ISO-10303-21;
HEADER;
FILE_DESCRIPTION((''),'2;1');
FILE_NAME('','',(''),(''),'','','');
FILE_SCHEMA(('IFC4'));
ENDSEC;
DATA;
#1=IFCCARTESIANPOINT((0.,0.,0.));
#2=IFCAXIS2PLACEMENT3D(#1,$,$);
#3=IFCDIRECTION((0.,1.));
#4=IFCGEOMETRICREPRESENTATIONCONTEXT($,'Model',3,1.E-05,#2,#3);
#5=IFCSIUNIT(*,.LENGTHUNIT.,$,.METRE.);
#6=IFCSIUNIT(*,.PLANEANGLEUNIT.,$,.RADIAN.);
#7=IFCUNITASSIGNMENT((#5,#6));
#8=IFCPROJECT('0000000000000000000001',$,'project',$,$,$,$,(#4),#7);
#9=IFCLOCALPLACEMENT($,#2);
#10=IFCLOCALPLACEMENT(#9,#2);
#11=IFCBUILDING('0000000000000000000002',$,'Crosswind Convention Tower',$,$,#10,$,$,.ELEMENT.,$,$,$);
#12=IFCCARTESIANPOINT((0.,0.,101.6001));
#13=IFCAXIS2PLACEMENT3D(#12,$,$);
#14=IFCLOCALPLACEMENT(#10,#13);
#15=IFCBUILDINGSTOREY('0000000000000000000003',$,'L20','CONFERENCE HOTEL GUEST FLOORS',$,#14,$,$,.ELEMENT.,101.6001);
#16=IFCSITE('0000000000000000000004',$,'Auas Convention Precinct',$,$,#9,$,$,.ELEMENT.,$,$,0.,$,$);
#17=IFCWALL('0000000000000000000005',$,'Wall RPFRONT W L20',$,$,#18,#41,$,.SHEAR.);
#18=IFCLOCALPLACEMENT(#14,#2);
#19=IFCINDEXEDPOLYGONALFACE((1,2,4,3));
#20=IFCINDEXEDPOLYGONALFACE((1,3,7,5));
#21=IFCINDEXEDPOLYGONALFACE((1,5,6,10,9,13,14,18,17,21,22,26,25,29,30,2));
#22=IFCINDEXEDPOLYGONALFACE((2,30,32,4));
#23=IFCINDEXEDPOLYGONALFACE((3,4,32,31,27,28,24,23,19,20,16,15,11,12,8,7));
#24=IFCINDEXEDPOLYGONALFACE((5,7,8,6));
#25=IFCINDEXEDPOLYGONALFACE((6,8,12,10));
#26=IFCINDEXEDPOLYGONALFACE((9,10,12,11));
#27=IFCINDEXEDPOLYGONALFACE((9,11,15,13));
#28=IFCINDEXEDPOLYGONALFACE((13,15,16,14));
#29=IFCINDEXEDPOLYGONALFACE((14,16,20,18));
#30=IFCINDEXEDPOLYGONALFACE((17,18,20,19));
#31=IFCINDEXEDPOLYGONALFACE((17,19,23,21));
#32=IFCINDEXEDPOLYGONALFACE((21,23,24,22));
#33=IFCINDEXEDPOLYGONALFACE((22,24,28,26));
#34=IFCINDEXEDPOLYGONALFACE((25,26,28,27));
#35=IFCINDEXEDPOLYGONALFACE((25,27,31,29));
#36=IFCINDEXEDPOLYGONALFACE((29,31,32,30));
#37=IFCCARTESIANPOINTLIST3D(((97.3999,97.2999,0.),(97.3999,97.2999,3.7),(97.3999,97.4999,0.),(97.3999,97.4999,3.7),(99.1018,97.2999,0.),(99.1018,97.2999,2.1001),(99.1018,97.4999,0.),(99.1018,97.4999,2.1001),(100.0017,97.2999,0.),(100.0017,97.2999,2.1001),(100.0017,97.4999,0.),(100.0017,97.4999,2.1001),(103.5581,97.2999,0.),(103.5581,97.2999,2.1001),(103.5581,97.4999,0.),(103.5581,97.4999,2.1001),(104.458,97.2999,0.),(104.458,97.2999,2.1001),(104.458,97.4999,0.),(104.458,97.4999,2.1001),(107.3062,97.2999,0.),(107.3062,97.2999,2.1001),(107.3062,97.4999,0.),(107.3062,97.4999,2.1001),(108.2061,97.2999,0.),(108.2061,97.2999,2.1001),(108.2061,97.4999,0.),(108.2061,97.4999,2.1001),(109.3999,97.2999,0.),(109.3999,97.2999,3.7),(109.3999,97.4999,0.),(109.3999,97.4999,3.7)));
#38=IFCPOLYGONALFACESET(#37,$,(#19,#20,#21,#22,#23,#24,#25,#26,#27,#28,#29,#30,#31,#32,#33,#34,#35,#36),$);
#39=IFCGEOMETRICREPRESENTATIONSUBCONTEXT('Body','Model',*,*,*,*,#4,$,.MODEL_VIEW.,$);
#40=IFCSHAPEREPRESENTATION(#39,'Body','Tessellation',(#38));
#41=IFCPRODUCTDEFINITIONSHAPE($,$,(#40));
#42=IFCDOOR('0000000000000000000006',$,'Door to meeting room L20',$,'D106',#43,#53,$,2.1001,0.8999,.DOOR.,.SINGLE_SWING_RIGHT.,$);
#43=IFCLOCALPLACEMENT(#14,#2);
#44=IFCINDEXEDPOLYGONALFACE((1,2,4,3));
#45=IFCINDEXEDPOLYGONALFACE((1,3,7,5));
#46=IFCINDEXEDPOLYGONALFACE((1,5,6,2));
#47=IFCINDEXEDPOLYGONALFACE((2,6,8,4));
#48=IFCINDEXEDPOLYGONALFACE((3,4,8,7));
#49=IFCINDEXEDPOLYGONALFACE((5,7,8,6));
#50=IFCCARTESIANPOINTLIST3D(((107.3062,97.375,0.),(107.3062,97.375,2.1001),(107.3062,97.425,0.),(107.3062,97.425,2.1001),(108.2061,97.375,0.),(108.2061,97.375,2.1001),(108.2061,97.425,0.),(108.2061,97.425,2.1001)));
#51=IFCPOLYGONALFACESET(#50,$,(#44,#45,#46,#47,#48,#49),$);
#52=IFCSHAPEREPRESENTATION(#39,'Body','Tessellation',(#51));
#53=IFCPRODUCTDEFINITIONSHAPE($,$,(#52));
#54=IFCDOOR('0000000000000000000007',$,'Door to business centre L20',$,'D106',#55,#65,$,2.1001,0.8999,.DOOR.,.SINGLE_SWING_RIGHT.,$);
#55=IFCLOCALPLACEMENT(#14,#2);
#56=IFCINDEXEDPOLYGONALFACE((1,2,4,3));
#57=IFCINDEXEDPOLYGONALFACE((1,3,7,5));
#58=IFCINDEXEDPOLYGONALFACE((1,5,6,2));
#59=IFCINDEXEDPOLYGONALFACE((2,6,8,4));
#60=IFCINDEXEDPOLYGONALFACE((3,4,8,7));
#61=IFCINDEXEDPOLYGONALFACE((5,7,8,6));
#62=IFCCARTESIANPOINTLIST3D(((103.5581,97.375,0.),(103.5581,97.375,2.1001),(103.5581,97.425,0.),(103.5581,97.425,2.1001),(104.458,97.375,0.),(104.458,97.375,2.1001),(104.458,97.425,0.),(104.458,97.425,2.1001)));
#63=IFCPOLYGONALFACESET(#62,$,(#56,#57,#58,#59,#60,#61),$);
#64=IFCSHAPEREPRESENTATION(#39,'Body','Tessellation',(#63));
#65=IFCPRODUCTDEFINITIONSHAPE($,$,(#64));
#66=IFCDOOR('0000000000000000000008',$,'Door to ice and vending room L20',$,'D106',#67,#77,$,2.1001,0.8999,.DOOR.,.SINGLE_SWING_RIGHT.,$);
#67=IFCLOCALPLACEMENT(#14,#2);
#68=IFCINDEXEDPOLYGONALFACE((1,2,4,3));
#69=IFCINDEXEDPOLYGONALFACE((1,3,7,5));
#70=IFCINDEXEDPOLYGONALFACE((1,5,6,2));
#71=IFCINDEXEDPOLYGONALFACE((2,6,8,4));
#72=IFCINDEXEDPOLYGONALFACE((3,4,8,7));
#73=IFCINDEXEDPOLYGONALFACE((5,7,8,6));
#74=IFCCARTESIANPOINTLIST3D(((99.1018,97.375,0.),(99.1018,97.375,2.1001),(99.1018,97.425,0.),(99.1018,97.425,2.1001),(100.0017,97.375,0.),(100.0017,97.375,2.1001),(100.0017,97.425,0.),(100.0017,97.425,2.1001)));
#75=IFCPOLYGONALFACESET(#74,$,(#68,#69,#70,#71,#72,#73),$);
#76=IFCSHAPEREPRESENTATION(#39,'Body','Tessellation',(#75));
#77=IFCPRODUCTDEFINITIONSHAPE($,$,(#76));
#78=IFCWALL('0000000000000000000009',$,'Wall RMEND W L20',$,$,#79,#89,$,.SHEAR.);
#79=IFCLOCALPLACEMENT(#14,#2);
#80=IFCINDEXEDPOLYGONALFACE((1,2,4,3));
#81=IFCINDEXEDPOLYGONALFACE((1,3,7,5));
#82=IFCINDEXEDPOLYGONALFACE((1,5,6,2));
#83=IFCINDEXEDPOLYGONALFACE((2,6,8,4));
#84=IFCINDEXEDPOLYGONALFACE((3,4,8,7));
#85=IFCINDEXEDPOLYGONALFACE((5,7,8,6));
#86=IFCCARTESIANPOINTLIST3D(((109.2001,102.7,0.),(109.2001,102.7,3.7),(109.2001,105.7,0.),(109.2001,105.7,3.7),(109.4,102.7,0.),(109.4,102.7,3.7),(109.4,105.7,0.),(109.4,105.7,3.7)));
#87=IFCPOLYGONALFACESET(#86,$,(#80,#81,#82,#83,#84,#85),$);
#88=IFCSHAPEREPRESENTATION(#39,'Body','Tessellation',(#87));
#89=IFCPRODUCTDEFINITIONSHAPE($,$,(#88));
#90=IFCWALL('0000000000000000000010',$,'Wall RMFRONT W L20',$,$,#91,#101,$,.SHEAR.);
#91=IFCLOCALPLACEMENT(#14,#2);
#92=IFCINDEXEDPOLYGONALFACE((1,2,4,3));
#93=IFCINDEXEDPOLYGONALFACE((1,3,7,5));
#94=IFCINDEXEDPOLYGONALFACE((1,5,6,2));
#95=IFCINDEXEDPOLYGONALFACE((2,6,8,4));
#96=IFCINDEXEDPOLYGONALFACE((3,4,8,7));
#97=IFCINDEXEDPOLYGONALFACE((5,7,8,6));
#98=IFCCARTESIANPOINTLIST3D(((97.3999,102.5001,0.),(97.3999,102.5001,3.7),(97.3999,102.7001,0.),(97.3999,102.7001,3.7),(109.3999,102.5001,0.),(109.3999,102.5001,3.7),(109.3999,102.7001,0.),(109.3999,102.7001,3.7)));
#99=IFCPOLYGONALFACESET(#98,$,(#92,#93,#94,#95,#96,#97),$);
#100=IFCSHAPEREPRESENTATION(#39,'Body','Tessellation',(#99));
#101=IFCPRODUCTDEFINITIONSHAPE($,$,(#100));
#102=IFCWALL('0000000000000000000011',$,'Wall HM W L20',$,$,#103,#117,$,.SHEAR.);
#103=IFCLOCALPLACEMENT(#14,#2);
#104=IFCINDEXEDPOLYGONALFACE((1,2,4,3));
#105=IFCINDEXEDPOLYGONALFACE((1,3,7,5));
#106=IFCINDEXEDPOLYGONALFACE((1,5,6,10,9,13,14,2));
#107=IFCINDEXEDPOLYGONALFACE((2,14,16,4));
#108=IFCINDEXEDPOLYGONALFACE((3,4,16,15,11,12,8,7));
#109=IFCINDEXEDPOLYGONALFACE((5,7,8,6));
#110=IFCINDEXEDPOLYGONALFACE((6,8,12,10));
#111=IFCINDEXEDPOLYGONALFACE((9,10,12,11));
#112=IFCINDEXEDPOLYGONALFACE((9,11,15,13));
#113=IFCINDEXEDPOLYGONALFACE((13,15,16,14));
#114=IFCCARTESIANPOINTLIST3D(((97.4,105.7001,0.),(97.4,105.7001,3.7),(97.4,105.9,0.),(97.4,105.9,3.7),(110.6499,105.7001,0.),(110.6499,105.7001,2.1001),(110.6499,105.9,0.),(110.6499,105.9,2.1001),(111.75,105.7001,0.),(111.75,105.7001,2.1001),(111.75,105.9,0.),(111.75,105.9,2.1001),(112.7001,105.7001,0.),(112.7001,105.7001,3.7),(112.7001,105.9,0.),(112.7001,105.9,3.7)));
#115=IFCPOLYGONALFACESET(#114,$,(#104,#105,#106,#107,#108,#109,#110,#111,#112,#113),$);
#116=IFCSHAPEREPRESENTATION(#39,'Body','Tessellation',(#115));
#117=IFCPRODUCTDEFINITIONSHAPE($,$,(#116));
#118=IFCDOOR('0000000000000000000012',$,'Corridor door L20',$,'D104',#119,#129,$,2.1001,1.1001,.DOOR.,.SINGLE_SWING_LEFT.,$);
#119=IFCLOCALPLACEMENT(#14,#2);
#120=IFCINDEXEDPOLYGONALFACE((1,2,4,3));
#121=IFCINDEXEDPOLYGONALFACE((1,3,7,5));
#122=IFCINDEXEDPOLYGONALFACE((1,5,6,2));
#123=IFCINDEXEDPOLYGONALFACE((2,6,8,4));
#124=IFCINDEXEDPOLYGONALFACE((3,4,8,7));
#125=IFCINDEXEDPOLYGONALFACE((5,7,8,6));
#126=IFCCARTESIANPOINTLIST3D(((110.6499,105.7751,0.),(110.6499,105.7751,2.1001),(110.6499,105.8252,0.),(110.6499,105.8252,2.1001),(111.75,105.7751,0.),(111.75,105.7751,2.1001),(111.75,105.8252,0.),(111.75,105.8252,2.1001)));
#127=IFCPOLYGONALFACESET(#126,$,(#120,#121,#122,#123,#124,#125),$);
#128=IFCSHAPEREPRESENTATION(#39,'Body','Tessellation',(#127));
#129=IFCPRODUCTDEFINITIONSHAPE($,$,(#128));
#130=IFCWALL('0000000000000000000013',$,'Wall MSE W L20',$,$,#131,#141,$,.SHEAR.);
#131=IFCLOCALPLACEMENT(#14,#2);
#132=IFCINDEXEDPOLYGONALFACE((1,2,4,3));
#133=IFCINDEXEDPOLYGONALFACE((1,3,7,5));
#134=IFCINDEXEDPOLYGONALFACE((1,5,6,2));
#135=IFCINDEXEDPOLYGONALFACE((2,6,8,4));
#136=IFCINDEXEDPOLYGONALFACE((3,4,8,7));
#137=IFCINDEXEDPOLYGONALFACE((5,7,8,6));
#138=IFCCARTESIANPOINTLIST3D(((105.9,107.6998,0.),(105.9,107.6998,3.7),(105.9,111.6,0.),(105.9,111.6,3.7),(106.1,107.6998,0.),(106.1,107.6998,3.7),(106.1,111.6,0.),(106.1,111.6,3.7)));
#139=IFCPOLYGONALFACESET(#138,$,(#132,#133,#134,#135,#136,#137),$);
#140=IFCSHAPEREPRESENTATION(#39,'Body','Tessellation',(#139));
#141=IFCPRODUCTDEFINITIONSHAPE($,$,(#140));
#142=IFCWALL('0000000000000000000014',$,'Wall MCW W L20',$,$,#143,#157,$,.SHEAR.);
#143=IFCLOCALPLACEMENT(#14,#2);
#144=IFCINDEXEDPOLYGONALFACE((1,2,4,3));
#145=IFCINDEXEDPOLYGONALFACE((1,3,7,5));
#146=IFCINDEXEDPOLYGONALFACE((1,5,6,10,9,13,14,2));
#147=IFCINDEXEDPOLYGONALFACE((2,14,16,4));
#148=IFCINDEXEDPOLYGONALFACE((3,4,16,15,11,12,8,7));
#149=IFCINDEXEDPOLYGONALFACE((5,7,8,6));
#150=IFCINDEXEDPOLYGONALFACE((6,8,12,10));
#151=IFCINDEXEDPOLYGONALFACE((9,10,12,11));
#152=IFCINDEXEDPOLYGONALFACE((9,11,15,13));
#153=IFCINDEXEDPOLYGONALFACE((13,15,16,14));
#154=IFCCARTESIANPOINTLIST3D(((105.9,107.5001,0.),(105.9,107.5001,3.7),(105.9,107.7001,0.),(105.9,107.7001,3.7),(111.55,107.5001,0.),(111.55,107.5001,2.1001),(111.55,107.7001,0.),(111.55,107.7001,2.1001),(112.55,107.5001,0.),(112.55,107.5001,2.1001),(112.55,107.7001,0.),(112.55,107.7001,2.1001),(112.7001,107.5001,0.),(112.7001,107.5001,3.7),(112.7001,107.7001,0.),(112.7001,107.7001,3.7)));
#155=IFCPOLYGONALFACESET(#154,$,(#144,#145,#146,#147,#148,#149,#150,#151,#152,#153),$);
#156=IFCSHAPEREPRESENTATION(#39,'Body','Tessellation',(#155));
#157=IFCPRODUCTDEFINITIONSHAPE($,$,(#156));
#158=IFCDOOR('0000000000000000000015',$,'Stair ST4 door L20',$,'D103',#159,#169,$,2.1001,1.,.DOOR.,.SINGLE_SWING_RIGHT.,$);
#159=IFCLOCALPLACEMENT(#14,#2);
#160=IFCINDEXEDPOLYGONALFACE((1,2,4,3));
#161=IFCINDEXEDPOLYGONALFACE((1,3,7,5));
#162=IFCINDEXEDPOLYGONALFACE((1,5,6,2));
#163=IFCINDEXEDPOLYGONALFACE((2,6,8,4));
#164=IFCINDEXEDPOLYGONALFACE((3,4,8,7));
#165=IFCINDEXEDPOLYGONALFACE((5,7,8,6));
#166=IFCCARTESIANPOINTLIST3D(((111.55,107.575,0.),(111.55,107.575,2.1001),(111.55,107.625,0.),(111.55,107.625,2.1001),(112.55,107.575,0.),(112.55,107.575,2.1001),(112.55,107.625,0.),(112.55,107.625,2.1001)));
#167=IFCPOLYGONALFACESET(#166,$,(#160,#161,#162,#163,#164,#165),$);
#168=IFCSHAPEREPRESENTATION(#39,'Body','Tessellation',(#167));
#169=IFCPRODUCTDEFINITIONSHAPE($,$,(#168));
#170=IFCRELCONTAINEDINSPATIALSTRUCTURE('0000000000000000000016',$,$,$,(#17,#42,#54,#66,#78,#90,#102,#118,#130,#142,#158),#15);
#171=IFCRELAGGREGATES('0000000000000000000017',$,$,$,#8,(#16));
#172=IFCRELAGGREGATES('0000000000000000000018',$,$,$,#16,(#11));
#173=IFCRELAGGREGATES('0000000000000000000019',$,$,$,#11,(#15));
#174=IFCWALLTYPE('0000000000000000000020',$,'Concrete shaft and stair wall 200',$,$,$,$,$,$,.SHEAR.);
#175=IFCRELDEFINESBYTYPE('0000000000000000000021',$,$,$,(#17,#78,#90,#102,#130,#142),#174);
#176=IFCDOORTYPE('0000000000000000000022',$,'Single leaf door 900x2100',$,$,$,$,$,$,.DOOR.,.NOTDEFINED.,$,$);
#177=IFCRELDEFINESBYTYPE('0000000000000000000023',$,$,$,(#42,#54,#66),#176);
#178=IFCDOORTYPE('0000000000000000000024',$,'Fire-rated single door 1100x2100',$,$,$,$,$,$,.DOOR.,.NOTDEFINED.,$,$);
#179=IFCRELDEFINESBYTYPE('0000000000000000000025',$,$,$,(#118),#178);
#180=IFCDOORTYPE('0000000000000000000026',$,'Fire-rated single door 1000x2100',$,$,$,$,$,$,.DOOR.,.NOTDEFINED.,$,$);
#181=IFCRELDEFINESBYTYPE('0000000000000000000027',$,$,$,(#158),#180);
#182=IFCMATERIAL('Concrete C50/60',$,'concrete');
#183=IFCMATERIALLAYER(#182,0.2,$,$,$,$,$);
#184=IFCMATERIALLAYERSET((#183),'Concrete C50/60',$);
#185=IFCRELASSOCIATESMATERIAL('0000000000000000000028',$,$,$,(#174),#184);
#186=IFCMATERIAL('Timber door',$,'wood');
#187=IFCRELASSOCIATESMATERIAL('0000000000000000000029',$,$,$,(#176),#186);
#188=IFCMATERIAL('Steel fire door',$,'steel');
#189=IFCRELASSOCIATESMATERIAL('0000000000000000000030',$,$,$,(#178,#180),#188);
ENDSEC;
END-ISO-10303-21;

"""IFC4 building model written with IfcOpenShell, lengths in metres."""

from ifc_helpers import new_model, si_unit, direction, frame, frame_2d, origin, place, context, subcontext, project, spatial, rectangle, extrude, material, layer, layer_set, type_object, element, fill, save


model = new_model("IFC4")

# Units and contexts
model_context = context("Model", 3, precision=1e-05, world=origin(), true_north=direction((0.0, 1.0)))
body_context = subcontext(model_context, "Body", "Model", "MODEL_VIEW")
ifc_project = project(units=[si_unit("LENGTHUNIT", "METRE"), si_unit("PLANEANGLEUNIT", "RADIAN")], contexts=[model_context])

# Site, building, storey
site_placement = place(None, origin())
site = spatial("IfcSite", under=ifc_project, at=site_placement, Name="Auas Convention Precinct", CompositionType="ELEMENT", RefElevation=0.0)
building_placement = place(site_placement, origin())
building = spatial("IfcBuilding", under=site, at=building_placement, Name="Crosswind Convention Tower", CompositionType="ELEMENT")
storey_placement = place(building_placement, frame((0.0, 0.0, 101.6001)))
storey = spatial("IfcBuildingStorey", under=building, at=storey_placement, Name="L20", Description="CONFERENCE HOTEL GUEST FLOORS", CompositionType="ELEMENT", Elevation=101.6001)

# Shared definitions
ifc_material_1 = material(Name="Concrete C50/60", Category="concrete")

# Shared definitions
ifc_layer_1 = layer(ifc_material_1, 0.2)
ifc_layer_set_1 = layer_set([ifc_layer_1], Name="Concrete C50/60")
wall_type_1 = type_object("IfcWallType", Name="Concrete shaft and stair wall 200", PredefinedType="SHEAR", material=ifc_layer_set_1)

# Wall, openings, doors
wall_1_placement = place(storey_placement, frame((109.3999, 97.3999, 0.0), z_axis=(0.0, 0.0, 1.0), x_axis=(-1.0, 0.0, 0.0)))
wall_1 = element("IfcWall", 1, at=wall_1_placement, inside=storey, type_object=wall_type_1, Name="Wall RPFRONT W L20", PredefinedType="SHEAR", context=body_context, shape_type="SweptSolid", body=[
    extrude(rectangle(XDim=12.0, YDim=0.2, at=frame_2d((6.0, 0.0))), origin(), (0.0, 0.0, 1.0), 3.7),
])
opening_1_placement = place(wall_1_placement, frame((1.1938, 0.0, 0.0)))
opening_1 = element("IfcOpeningElement", 2, at=opening_1_placement, cuts=wall_1, PredefinedType="OPENING", context=body_context, shape_type="SweptSolid", body=[
    extrude(rectangle(XDim=0.8999, YDim=2.1001, at=frame_2d((0.45, 1.05))), frame((0.0, 0.1099, 0.0), z_axis=(0.0, -1.0, 0.0), x_axis=(1.0, 0.0, 0.0)), (0.0, 0.0, 1.0), 0.22),
])
opening_2_placement = place(wall_1_placement, frame((4.9419, 0.0, 0.0)))
opening_2 = element("IfcOpeningElement", 3, at=opening_2_placement, cuts=wall_1, PredefinedType="OPENING", context=body_context, shape_type="SweptSolid", body=[
    extrude(rectangle(XDim=0.8999, YDim=2.1001, at=frame_2d((0.45, 1.05))), frame((0.0, 0.1099, 0.0), z_axis=(0.0, -1.0, 0.0), x_axis=(1.0, 0.0, 0.0)), (0.0, 0.0, 1.0), 0.22),
])
opening_3_placement = place(wall_1_placement, frame((9.3982, 0.0, 0.0)))
opening_3 = element("IfcOpeningElement", 4, at=opening_3_placement, cuts=wall_1, PredefinedType="OPENING", context=body_context, shape_type="SweptSolid", body=[
    extrude(rectangle(XDim=0.8999, YDim=2.1001, at=frame_2d((0.45, 1.05))), frame((0.0, 0.1099, 0.0), z_axis=(0.0, -1.0, 0.0), x_axis=(1.0, 0.0, 0.0)), (0.0, 0.0, 1.0), 0.22),
])
ifc_material_2 = material(Name="Timber door", Category="wood")
door_type_1 = type_object("IfcDoorType", Name="Single leaf door 900x2100", OperationType="NOTDEFINED", PredefinedType="DOOR", material=ifc_material_2)
door_1_placement = place(opening_1_placement, origin())
door_1 = element("IfcDoor", 5, at=door_1_placement, inside=storey, type_object=door_type_1, Name="Door to meeting room L20", ObjectType="D106", OperationType="SINGLE_SWING_RIGHT", OverallHeight=2.1001, OverallWidth=0.8999, PredefinedType="DOOR", context=body_context, shape_type="SweptSolid", body=[
    extrude(rectangle(XDim=0.8999, YDim=2.1001, at=frame_2d((0.45, 1.05))), frame((0.0, 0.0249, 0.0), z_axis=(0.0, -1.0, 0.0), x_axis=(1.0, 0.0, 0.0)), (0.0, 0.0, 1.0), 0.05),
])
fill(opening_1, door_1)
door_2_placement = place(opening_2_placement, origin())
door_2 = element("IfcDoor", 6, at=door_2_placement, inside=storey, type_object=door_type_1, Name="Door to business centre L20", ObjectType="D106", OperationType="SINGLE_SWING_RIGHT", OverallHeight=2.1001, OverallWidth=0.8999, PredefinedType="DOOR", context=body_context, shape_type="SweptSolid", body=[
    extrude(rectangle(XDim=0.8999, YDim=2.1001, at=frame_2d((0.45, 1.05))), frame((0.0, 0.0249, 0.0), z_axis=(0.0, -1.0, 0.0), x_axis=(1.0, 0.0, 0.0)), (0.0, 0.0, 1.0), 0.05),
])
fill(opening_2, door_2)
door_3_placement = place(opening_3_placement, origin())
door_3 = element("IfcDoor", 7, at=door_3_placement, inside=storey, type_object=door_type_1, Name="Door to ice and vending room L20", ObjectType="D106", OperationType="SINGLE_SWING_RIGHT", OverallHeight=2.1001, OverallWidth=0.8999, PredefinedType="DOOR", context=body_context, shape_type="SweptSolid", body=[
    extrude(rectangle(XDim=0.8999, YDim=2.1001, at=frame_2d((0.45, 1.05))), frame((0.0, 0.0249, 0.0), z_axis=(0.0, -1.0, 0.0), x_axis=(1.0, 0.0, 0.0)), (0.0, 0.0, 1.0), 0.05),
])
fill(opening_3, door_3)

# Walls
wall_2_placement = place(storey_placement, frame((109.3, 105.7, 0.0), z_axis=(0.0, 0.0, 1.0), x_axis=(0.0, -1.0, 0.0)))
element("IfcWall", 8, at=wall_2_placement, inside=storey, type_object=wall_type_1, Name="Wall RMEND W L20", PredefinedType="SHEAR", context=body_context, shape_type="SweptSolid", body=[
    extrude(rectangle(XDim=3.0, YDim=0.2, at=frame_2d((1.5, 0.0))), origin(), (0.0, 0.0, 1.0), 3.7),
])
wall_3_placement = place(storey_placement, frame((109.3999, 102.6001, 0.0), z_axis=(0.0, 0.0, 1.0), x_axis=(-1.0, 0.0, 0.0)))
element("IfcWall", 9, at=wall_3_placement, inside=storey, type_object=wall_type_1, Name="Wall RMFRONT W L20", PredefinedType="SHEAR", context=body_context, shape_type="SweptSolid", body=[
    extrude(rectangle(XDim=12.0, YDim=0.2, at=frame_2d((6.0, 0.0))), origin(), (0.0, 0.0, 1.0), 3.7),
])

# Wall, opening, door
wall_4_placement = place(storey_placement, frame((112.7, 105.8, 0.0), z_axis=(0.0, 0.0, 1.0), x_axis=(-1.0, 0.0, 0.0)))
wall_4 = element("IfcWall", 10, at=wall_4_placement, inside=storey, type_object=wall_type_1, Name="Wall HM W L20", PredefinedType="SHEAR", context=body_context, shape_type="SweptSolid", body=[
    extrude(rectangle(XDim=15.3, YDim=0.2, at=frame_2d((7.6499, 0.0))), origin(), (0.0, 0.0, 1.0), 3.7),
])
opening_4_placement = place(wall_4_placement, frame((0.95, 0.0, 0.0)))
opening_4 = element("IfcOpeningElement", 11, at=opening_4_placement, cuts=wall_4, PredefinedType="OPENING", context=body_context, shape_type="SweptSolid", body=[
    extrude(rectangle(XDim=1.1001, YDim=2.1001, at=frame_2d((0.55, 1.05))), frame((0.0, 0.1099, 0.0), z_axis=(0.0, -1.0, 0.0), x_axis=(1.0, 0.0, 0.0)), (0.0, 0.0, 1.0), 0.22),
])
ifc_material_3 = material(Name="Steel fire door", Category="steel")
door_type_2 = type_object("IfcDoorType", Name="Fire-rated single door 1100x2100", OperationType="NOTDEFINED", PredefinedType="DOOR", material=ifc_material_3)
door_4_placement = place(opening_4_placement, origin())
door_4 = element("IfcDoor", 12, at=door_4_placement, inside=storey, type_object=door_type_2, Name="Corridor door L20", ObjectType="D104", OperationType="SINGLE_SWING_LEFT", OverallHeight=2.1001, OverallWidth=1.1001, PredefinedType="DOOR", context=body_context, shape_type="SweptSolid", body=[
    extrude(rectangle(XDim=1.1001, YDim=2.1001, at=frame_2d((0.55, 1.05))), frame((0.0, 0.0249, 0.0), z_axis=(0.0, -1.0, 0.0), x_axis=(1.0, 0.0, 0.0)), (0.0, 0.0, 1.0), 0.05),
])
fill(opening_4, door_4)

# Wall
wall_5_placement = place(storey_placement, frame((106.0, 111.6001, 0.0), z_axis=(0.0, 0.0, 1.0), x_axis=(0.0, -1.0, 0.0)))
element("IfcWall", 13, at=wall_5_placement, inside=storey, type_object=wall_type_1, Name="Wall MSE W L20", PredefinedType="SHEAR", context=body_context, shape_type="SweptSolid", body=[
    extrude(rectangle(XDim=3.9001, YDim=0.2, at=frame_2d((1.9502, 0.0))), origin(), (0.0, 0.0, 1.0), 3.7),
])

# Wall, opening, door
wall_6_placement = place(storey_placement, frame((112.7, 107.6001, 0.0), z_axis=(0.0, 0.0, 1.0), x_axis=(-1.0, 0.0, 0.0)))
wall_6 = element("IfcWall", 14, at=wall_6_placement, inside=storey, type_object=wall_type_1, Name="Wall MCW W L20", PredefinedType="SHEAR", context=body_context, shape_type="SweptSolid", body=[
    extrude(rectangle(XDim=6.8, YDim=0.2, at=frame_2d((3.3999, 0.0))), origin(), (0.0, 0.0, 1.0), 3.7),
])
opening_5_placement = place(wall_6_placement, frame((0.1499, 0.0, 0.0)))
opening_5 = element("IfcOpeningElement", 15, at=opening_5_placement, cuts=wall_6, PredefinedType="OPENING", context=body_context, shape_type="SweptSolid", body=[
    extrude(rectangle(XDim=1.0, YDim=2.1001, at=frame_2d((0.5, 1.05))), frame((0.0, 0.1099, 0.0), z_axis=(0.0, -1.0, 0.0), x_axis=(1.0, 0.0, 0.0)), (0.0, 0.0, 1.0), 0.22),
])
door_type_3 = type_object("IfcDoorType", Name="Fire-rated single door 1000x2100", OperationType="NOTDEFINED", PredefinedType="DOOR", material=ifc_material_3)
door_5_placement = place(opening_5_placement, frame((1.0, 0.0, 0.0), z_axis=(0.0, 0.0, 1.0), x_axis=(-1.0, 0.0, 0.0)))
door_5 = element("IfcDoor", 16, at=door_5_placement, inside=storey, type_object=door_type_3, Name="Stair ST4 door L20", ObjectType="D103", OperationType="SINGLE_SWING_RIGHT", OverallHeight=2.1001, OverallWidth=1.0, PredefinedType="DOOR", context=body_context, shape_type="SweptSolid", body=[
    extrude(rectangle(XDim=1.0, YDim=2.1001, at=frame_2d((0.5, 1.05))), frame((0.0, 0.0249, 0.0), z_axis=(0.0, -1.0, 0.0), x_axis=(1.0, 0.0, 0.0)), (0.0, 0.0, 1.0), 0.05),
])
fill(opening_5, door_5)

save(model, "model.ifc")
